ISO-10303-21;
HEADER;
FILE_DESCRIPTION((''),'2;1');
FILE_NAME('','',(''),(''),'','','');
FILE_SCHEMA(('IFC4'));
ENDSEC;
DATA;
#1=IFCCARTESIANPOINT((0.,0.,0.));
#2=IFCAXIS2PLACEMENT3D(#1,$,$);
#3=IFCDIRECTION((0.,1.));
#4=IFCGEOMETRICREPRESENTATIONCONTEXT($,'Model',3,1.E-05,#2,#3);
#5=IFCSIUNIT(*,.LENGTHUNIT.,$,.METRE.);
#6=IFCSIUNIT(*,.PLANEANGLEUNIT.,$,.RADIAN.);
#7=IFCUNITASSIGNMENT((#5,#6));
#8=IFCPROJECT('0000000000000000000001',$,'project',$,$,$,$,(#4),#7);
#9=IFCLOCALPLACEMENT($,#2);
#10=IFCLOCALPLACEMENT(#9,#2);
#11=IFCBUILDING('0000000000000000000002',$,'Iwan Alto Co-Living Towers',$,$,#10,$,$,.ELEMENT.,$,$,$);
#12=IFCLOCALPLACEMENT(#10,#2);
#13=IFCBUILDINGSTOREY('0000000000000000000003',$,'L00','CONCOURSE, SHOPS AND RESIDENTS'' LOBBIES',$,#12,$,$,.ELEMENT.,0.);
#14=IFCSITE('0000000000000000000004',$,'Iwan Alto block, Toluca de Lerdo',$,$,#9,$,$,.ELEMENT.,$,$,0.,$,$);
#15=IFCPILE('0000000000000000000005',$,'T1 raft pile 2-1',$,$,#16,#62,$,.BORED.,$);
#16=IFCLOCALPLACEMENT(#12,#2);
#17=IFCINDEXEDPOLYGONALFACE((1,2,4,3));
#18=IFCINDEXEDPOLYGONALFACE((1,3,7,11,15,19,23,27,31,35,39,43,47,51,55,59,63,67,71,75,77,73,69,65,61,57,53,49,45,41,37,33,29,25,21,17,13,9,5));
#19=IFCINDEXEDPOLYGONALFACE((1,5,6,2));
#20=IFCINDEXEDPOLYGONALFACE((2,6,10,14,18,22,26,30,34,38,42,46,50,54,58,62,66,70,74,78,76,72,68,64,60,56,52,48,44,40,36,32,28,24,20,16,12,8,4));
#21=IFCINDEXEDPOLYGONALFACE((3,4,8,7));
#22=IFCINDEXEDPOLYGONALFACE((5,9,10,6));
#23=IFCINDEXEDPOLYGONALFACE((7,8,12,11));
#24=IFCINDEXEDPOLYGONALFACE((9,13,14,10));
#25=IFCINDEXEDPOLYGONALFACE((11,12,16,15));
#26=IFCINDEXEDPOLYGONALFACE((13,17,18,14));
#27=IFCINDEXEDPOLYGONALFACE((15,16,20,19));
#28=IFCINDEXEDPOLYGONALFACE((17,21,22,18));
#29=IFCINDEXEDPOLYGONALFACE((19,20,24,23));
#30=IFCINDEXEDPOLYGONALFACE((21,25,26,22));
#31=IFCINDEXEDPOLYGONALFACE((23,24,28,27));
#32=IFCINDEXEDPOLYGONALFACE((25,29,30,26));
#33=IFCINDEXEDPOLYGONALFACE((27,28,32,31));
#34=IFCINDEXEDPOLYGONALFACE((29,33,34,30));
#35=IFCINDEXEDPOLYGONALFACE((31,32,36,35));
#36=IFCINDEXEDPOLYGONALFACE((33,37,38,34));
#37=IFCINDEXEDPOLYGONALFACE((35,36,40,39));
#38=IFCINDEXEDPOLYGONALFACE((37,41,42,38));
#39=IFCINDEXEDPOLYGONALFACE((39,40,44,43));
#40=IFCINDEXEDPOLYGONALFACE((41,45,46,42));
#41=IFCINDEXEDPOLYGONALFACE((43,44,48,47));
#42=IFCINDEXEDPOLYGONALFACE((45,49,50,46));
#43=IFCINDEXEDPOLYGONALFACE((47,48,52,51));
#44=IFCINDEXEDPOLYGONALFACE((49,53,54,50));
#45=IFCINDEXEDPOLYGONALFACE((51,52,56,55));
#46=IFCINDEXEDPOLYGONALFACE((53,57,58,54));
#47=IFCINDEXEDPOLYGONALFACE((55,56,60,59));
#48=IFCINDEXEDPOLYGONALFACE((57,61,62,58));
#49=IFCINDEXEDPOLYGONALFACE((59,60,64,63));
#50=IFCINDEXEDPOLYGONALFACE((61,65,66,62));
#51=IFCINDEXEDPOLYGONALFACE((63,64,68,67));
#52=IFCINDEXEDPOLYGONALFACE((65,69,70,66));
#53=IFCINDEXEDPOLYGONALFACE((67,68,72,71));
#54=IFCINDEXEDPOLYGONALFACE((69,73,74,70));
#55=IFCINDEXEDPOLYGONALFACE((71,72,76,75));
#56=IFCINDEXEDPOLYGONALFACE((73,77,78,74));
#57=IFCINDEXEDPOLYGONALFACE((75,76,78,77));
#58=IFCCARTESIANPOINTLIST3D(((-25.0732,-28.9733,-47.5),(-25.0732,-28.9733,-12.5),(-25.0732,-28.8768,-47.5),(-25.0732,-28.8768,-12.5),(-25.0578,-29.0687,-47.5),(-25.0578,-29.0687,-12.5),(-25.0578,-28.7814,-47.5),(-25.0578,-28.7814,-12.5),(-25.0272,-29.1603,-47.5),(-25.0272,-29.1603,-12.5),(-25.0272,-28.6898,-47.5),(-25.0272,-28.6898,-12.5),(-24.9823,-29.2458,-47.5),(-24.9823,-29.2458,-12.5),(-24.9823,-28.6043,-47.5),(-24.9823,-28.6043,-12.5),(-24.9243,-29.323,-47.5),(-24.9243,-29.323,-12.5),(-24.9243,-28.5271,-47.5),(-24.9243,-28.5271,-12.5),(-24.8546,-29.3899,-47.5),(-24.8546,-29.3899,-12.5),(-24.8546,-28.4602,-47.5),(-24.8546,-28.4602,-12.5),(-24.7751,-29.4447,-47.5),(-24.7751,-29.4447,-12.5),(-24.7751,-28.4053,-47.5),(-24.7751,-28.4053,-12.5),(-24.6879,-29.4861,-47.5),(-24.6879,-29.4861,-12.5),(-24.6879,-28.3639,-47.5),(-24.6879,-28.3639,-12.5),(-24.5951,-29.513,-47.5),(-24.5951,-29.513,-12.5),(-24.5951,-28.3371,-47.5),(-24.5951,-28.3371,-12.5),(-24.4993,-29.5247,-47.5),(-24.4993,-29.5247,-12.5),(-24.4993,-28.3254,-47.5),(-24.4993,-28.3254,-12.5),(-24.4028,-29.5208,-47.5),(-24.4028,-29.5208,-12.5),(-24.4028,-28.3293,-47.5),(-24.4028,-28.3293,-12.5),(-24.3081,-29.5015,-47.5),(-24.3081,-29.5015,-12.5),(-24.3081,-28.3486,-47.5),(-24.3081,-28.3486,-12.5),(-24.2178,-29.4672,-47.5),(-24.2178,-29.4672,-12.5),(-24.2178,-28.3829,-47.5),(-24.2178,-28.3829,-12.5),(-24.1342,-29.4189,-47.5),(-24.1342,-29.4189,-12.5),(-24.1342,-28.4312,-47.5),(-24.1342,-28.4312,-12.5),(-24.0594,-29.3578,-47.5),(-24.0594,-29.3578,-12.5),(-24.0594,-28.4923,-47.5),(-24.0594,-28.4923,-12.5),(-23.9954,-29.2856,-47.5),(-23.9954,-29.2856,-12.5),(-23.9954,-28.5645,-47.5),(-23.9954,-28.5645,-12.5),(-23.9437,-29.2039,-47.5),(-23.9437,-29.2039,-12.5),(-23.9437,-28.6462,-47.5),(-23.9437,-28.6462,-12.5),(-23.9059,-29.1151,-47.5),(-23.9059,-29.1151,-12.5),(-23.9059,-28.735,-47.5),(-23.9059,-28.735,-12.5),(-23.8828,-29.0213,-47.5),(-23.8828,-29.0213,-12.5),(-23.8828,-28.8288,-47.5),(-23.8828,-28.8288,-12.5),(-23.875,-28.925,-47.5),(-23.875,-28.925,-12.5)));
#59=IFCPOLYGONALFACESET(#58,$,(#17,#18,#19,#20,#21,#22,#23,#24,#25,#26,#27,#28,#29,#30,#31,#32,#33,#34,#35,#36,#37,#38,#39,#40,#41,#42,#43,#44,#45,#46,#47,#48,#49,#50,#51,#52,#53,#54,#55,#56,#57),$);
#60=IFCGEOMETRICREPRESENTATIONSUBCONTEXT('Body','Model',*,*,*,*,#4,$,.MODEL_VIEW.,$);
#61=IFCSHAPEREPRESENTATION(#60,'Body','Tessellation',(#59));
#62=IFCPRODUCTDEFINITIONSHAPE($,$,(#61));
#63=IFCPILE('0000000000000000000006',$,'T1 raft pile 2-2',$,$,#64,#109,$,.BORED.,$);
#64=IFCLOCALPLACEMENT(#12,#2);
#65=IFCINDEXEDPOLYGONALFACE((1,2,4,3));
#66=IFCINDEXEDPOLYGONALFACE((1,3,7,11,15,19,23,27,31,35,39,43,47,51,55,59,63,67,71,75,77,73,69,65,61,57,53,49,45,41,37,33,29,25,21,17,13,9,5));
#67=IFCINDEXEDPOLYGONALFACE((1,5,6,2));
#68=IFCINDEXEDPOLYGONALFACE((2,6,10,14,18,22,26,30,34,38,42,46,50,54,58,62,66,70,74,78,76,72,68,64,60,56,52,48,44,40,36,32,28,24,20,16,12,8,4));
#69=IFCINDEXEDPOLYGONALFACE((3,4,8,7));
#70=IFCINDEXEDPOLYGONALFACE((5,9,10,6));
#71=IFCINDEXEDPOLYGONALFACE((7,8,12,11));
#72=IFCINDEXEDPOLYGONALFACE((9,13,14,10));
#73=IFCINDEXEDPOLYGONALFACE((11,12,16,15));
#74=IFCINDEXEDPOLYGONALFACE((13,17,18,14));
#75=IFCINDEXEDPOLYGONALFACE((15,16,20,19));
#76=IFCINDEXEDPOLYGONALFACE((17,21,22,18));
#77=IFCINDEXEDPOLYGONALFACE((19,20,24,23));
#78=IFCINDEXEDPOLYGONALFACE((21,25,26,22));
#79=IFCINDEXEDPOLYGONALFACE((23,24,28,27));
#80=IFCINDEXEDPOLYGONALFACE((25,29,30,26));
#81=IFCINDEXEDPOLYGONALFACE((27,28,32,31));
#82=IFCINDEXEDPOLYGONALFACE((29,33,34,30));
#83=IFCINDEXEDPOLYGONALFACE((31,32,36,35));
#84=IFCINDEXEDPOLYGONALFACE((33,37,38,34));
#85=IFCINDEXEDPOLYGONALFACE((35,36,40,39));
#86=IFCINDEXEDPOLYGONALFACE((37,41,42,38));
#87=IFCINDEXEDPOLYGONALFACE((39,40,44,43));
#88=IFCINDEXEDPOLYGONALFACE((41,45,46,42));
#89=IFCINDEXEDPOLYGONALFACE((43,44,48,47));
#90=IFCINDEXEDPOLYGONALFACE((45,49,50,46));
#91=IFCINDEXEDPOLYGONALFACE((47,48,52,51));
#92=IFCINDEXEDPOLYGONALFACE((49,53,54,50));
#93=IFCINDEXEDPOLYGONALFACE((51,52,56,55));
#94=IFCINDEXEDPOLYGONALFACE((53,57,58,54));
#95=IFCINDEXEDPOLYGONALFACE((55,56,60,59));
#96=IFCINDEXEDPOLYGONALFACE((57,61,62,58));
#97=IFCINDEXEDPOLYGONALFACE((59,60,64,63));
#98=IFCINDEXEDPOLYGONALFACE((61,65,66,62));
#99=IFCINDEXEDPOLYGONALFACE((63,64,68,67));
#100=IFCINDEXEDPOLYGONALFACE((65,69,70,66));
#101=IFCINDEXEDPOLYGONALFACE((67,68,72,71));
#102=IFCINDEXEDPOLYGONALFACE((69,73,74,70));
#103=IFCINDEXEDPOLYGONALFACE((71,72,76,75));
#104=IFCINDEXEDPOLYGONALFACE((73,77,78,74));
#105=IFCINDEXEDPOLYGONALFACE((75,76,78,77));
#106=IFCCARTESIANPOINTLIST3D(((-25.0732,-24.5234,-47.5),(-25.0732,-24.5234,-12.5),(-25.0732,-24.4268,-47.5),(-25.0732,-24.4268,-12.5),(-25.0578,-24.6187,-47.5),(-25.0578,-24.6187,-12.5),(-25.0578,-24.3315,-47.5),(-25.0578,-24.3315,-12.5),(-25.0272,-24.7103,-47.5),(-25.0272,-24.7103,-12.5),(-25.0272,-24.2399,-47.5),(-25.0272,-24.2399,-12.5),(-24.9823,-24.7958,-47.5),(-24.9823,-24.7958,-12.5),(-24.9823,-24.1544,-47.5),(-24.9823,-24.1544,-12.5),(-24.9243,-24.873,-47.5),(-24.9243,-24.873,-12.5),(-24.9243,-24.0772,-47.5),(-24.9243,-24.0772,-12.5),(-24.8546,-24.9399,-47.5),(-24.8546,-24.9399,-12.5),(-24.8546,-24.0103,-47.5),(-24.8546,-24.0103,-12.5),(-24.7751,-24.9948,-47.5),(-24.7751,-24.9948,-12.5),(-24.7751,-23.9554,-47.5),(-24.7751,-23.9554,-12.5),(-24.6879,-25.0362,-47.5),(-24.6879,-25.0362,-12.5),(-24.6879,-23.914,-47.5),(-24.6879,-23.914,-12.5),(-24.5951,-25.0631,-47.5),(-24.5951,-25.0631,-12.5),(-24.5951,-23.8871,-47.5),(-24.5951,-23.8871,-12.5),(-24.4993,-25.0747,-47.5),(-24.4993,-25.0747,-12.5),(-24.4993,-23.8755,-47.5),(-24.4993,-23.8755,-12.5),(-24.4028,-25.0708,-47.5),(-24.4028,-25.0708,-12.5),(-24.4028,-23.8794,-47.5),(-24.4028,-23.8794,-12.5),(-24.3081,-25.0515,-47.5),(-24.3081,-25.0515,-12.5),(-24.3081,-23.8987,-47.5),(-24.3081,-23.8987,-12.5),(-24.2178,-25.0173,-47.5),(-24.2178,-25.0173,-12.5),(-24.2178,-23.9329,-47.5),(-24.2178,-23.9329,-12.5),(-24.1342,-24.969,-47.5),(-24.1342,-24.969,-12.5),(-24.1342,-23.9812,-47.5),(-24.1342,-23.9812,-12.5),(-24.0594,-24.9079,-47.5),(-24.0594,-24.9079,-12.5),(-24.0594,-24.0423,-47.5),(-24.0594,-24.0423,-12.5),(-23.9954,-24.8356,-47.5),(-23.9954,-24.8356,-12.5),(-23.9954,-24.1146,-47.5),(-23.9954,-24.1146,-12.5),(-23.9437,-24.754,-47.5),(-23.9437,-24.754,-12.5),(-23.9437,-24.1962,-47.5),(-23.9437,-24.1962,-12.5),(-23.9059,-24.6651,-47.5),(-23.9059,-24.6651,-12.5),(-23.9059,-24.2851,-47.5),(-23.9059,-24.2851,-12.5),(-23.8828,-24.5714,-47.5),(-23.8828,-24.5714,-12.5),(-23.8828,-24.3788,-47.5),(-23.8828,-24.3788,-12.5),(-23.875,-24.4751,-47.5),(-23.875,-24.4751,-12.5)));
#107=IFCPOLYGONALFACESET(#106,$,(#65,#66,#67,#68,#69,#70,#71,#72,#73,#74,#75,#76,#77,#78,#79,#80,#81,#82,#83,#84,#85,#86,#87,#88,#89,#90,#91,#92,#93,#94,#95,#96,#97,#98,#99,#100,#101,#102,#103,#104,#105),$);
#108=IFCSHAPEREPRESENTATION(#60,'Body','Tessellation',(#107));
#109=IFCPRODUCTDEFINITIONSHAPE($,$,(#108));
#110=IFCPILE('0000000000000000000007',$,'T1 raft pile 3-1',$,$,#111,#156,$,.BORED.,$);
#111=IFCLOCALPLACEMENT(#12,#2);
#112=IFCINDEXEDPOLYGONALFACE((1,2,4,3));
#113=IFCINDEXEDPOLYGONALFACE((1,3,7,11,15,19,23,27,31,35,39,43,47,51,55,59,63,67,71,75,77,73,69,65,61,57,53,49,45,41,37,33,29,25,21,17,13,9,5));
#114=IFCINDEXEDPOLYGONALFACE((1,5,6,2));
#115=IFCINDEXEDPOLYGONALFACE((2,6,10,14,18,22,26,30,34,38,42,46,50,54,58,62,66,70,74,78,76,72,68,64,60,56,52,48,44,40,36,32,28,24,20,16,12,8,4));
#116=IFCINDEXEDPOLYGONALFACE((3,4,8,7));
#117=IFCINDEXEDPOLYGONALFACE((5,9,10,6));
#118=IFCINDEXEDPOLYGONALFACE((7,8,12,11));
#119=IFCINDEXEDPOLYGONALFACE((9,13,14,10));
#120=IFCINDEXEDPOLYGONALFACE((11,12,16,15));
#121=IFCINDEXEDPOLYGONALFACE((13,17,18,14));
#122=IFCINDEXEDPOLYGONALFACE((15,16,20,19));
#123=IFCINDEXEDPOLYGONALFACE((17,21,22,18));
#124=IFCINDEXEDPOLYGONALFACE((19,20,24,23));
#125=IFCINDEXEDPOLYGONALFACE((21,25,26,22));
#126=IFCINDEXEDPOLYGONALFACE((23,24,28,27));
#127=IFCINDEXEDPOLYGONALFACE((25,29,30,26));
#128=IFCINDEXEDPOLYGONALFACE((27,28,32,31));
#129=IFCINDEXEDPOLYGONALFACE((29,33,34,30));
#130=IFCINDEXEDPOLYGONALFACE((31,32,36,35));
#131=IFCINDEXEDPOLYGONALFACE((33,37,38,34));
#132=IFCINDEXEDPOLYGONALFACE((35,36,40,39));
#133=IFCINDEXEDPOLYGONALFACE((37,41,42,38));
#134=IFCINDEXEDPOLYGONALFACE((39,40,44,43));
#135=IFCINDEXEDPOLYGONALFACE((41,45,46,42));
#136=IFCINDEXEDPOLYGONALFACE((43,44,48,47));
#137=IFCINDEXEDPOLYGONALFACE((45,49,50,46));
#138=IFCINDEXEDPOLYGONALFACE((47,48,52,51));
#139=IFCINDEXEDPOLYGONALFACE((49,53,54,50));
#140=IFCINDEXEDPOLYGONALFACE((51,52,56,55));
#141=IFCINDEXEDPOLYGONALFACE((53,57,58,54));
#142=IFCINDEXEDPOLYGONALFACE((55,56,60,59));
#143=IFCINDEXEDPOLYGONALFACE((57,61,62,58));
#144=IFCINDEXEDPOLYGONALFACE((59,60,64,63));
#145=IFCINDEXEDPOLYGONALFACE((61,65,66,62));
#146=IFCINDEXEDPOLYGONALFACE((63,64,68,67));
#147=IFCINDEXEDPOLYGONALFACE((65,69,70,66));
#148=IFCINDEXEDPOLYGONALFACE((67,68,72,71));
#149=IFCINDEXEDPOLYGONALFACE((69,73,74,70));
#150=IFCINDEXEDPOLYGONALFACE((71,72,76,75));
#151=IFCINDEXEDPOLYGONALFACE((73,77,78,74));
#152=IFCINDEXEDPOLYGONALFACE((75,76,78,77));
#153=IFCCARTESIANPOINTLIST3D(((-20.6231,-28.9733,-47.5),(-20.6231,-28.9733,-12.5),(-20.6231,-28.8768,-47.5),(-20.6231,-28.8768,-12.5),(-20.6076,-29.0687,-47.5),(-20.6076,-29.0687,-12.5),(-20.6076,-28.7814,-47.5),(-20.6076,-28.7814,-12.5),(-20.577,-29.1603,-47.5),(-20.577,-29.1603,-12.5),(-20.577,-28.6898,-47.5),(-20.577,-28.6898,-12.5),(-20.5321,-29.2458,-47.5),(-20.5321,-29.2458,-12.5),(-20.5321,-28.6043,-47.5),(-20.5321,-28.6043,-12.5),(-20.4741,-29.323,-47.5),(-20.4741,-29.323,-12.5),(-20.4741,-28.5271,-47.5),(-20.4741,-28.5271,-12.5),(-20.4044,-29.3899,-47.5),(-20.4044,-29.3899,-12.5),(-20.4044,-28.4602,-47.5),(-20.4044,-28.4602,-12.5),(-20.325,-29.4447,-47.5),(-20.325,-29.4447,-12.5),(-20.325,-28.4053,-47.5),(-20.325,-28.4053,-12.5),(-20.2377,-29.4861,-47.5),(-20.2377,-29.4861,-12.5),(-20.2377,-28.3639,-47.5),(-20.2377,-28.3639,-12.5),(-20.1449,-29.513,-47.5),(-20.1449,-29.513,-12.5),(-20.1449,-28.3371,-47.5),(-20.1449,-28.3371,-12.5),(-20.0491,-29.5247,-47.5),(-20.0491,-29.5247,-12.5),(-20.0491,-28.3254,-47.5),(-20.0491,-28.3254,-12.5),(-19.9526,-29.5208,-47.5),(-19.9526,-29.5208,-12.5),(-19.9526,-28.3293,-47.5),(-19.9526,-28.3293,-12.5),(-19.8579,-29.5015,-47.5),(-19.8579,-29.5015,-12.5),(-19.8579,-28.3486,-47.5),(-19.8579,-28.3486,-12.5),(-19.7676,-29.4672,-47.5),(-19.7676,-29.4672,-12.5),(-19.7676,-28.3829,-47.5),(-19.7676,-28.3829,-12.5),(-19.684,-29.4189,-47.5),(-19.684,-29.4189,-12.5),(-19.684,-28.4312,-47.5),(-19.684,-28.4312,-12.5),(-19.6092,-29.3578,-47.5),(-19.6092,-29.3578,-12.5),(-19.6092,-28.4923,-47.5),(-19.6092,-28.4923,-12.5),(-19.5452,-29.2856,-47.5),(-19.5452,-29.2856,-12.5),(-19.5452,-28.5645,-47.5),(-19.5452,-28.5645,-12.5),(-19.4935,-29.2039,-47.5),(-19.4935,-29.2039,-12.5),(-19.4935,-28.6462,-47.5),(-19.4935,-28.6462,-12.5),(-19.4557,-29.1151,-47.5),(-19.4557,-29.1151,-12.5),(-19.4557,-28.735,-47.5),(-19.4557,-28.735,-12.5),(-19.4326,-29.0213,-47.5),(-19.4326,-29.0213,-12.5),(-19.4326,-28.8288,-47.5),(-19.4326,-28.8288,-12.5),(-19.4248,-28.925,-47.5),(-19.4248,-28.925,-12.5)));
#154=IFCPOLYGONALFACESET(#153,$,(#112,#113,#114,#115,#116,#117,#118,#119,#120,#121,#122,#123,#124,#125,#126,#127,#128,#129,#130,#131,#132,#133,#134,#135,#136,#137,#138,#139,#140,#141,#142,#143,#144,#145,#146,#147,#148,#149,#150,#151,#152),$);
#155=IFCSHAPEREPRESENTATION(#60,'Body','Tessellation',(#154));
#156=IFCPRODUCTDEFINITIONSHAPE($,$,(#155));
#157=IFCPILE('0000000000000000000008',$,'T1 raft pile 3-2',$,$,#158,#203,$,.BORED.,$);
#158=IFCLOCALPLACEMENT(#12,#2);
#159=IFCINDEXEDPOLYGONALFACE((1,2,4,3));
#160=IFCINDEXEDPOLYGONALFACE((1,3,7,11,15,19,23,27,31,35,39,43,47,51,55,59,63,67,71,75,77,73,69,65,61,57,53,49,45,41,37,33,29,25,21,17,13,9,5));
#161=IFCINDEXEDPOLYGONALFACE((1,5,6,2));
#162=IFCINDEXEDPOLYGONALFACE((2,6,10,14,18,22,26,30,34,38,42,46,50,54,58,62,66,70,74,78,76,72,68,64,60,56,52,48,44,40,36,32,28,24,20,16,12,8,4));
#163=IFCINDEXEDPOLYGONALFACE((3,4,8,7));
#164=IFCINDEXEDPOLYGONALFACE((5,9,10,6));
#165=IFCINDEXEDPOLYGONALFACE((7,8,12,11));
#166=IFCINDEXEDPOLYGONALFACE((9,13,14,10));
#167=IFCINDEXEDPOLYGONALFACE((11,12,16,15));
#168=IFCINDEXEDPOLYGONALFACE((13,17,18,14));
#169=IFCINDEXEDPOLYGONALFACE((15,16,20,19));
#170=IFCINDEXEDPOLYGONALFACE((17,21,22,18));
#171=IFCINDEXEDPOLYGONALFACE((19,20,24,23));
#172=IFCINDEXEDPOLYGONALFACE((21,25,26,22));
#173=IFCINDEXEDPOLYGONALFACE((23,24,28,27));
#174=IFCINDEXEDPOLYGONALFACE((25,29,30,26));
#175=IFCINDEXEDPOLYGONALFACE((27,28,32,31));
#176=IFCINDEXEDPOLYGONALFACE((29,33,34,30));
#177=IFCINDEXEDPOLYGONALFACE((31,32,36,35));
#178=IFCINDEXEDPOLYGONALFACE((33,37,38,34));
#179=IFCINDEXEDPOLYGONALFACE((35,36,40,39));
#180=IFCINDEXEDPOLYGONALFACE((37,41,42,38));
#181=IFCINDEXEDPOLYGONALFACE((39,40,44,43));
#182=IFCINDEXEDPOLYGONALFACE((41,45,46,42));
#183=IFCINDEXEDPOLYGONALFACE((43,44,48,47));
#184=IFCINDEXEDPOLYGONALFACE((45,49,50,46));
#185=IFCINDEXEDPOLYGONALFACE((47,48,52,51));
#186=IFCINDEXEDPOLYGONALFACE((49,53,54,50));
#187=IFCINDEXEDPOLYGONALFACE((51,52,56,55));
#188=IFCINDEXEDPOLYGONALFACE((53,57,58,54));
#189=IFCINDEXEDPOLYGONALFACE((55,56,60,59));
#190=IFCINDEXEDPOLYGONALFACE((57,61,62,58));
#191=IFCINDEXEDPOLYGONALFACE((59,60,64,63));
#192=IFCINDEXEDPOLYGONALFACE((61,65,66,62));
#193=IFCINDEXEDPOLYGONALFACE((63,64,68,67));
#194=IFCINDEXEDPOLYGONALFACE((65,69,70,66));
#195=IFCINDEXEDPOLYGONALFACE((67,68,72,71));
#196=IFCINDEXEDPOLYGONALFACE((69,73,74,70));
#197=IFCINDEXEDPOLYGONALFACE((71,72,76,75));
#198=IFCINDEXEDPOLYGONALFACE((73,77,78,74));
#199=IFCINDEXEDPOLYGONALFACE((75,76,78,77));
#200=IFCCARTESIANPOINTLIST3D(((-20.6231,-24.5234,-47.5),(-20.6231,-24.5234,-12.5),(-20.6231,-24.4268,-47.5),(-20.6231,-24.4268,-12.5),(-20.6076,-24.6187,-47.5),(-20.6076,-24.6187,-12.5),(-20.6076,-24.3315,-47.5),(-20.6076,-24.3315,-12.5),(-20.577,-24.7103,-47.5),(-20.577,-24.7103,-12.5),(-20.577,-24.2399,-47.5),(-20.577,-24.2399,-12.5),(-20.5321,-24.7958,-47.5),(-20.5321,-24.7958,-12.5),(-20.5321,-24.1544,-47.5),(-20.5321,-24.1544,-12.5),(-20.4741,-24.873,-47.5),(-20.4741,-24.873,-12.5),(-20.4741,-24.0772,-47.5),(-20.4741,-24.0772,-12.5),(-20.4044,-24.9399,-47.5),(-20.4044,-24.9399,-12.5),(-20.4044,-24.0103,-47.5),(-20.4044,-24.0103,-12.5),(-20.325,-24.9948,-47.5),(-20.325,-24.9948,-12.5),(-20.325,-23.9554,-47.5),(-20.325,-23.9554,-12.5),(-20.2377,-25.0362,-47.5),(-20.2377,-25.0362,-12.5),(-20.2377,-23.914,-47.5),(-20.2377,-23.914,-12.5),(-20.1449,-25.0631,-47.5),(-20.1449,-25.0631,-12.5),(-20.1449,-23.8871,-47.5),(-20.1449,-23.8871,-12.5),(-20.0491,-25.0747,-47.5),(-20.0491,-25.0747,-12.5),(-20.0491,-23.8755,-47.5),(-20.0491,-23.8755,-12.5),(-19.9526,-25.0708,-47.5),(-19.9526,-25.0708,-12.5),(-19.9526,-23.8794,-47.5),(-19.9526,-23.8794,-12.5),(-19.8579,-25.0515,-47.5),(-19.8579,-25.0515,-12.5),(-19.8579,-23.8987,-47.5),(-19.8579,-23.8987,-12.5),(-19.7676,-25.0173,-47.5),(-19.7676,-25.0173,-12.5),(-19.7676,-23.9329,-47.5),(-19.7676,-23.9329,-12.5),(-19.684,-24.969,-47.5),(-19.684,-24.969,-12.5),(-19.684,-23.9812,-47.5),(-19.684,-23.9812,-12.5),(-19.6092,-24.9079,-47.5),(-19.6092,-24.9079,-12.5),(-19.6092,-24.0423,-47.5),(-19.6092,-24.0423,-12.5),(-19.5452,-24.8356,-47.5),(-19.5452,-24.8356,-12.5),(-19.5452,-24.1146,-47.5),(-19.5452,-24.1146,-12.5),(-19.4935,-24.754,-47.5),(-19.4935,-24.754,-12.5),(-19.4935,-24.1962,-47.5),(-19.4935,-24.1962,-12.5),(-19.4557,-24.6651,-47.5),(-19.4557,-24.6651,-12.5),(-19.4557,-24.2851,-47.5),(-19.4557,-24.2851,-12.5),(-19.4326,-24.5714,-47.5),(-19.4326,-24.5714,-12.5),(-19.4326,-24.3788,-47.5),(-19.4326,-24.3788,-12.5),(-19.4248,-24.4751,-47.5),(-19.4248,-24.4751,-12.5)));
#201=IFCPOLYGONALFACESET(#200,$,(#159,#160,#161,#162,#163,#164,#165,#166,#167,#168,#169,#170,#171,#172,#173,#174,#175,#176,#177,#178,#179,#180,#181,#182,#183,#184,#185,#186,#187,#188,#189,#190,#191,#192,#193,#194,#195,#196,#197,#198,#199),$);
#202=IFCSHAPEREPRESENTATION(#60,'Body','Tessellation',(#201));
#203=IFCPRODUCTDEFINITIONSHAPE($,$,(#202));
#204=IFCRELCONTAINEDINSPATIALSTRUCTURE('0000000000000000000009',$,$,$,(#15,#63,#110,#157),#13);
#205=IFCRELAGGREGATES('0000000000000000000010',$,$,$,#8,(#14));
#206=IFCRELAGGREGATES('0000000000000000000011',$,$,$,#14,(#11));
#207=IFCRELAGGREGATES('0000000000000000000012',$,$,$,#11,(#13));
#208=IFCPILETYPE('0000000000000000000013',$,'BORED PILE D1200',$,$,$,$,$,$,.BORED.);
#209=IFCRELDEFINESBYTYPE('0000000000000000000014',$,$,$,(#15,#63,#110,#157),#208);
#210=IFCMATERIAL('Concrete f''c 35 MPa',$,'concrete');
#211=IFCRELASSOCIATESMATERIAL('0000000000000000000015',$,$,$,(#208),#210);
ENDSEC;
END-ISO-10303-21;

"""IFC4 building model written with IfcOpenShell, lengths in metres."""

from ifc_helpers import new_model, si_unit, direction, frame, origin, origin_2d, place, context, subcontext, project, spatial, circle, extrude, material, material_profile, profile_set, type_object, element, save


model = new_model("IFC4")

# Units and contexts
model_context = context("Model", 3, precision=1e-05, world=origin(), true_north=direction((0.0, 1.0)))
body_context = subcontext(model_context, "Body", "Model", "MODEL_VIEW")
ifc_project = project(units=[si_unit("LENGTHUNIT", "METRE"), si_unit("PLANEANGLEUNIT", "RADIAN")], contexts=[model_context])

# Site, building, storey
site_placement = place(None, origin())
site = spatial("IfcSite", under=ifc_project, at=site_placement, Name="Iwan Alto block, Toluca de Lerdo", CompositionType="ELEMENT", RefElevation=0.0)
building_placement = place(site_placement, origin())
building = spatial("IfcBuilding", under=site, at=building_placement, Name="Iwan Alto Co-Living Towers", CompositionType="ELEMENT")
storey_placement = place(building_placement, origin())
storey = spatial("IfcBuildingStorey", under=building, at=storey_placement, Name="L00", Description="CONCOURSE, SHOPS AND RESIDENTS' LOBBIES", CompositionType="ELEMENT", Elevation=0.0)

# Piles
ifc_material_1 = material(Name="Concrete f'c 35 MPa", Category="concrete")
ifc_material_profile_1 = material_profile(ifc_material_1, circle(Radius=0.6001, at=origin_2d()), Name="D1200")
ifc_profile_set_1 = profile_set([ifc_material_profile_1], Name="Concrete f'c 35 MPa")
pile_type_1 = type_object("IfcPileType", Name="BORED PILE D1200", PredefinedType="BORED", material=ifc_profile_set_1)
for number, where, z_axis, x_axis, name in (
    (1, (-24.4751, -28.925, -12.5), (0.0, 0.0, -1.0), (1.0, 0.0, 0.0), "T1 raft pile 2-1"),
    (2, (-24.4751, -24.4751, -12.5), (0.0, 0.0, -1.0), (1.0, 0.0, 0.0), "T1 raft pile 2-2"),
    (3, (-20.0249, -28.925, -12.5), (0.0, 0.0, -1.0), (1.0, 0.0, 0.0), "T1 raft pile 3-1"),
    (4, (-20.0249, -24.4751, -12.5), (0.0, 0.0, -1.0), (1.0, 0.0, 0.0), "T1 raft pile 3-2"),
):
    element("IfcPile", number, at=place(storey_placement, frame(where, z_axis=z_axis, x_axis=x_axis)), inside=storey, type_object=pile_type_1, Name=name, PredefinedType="BORED", context=body_context, shape_type="SweptSolid", body=[
        extrude(circle(Radius=0.6001, at=origin_2d()), origin(), (0.0, 0.0, 1.0), 35.0),
    ])

save(model, "model.ifc")
